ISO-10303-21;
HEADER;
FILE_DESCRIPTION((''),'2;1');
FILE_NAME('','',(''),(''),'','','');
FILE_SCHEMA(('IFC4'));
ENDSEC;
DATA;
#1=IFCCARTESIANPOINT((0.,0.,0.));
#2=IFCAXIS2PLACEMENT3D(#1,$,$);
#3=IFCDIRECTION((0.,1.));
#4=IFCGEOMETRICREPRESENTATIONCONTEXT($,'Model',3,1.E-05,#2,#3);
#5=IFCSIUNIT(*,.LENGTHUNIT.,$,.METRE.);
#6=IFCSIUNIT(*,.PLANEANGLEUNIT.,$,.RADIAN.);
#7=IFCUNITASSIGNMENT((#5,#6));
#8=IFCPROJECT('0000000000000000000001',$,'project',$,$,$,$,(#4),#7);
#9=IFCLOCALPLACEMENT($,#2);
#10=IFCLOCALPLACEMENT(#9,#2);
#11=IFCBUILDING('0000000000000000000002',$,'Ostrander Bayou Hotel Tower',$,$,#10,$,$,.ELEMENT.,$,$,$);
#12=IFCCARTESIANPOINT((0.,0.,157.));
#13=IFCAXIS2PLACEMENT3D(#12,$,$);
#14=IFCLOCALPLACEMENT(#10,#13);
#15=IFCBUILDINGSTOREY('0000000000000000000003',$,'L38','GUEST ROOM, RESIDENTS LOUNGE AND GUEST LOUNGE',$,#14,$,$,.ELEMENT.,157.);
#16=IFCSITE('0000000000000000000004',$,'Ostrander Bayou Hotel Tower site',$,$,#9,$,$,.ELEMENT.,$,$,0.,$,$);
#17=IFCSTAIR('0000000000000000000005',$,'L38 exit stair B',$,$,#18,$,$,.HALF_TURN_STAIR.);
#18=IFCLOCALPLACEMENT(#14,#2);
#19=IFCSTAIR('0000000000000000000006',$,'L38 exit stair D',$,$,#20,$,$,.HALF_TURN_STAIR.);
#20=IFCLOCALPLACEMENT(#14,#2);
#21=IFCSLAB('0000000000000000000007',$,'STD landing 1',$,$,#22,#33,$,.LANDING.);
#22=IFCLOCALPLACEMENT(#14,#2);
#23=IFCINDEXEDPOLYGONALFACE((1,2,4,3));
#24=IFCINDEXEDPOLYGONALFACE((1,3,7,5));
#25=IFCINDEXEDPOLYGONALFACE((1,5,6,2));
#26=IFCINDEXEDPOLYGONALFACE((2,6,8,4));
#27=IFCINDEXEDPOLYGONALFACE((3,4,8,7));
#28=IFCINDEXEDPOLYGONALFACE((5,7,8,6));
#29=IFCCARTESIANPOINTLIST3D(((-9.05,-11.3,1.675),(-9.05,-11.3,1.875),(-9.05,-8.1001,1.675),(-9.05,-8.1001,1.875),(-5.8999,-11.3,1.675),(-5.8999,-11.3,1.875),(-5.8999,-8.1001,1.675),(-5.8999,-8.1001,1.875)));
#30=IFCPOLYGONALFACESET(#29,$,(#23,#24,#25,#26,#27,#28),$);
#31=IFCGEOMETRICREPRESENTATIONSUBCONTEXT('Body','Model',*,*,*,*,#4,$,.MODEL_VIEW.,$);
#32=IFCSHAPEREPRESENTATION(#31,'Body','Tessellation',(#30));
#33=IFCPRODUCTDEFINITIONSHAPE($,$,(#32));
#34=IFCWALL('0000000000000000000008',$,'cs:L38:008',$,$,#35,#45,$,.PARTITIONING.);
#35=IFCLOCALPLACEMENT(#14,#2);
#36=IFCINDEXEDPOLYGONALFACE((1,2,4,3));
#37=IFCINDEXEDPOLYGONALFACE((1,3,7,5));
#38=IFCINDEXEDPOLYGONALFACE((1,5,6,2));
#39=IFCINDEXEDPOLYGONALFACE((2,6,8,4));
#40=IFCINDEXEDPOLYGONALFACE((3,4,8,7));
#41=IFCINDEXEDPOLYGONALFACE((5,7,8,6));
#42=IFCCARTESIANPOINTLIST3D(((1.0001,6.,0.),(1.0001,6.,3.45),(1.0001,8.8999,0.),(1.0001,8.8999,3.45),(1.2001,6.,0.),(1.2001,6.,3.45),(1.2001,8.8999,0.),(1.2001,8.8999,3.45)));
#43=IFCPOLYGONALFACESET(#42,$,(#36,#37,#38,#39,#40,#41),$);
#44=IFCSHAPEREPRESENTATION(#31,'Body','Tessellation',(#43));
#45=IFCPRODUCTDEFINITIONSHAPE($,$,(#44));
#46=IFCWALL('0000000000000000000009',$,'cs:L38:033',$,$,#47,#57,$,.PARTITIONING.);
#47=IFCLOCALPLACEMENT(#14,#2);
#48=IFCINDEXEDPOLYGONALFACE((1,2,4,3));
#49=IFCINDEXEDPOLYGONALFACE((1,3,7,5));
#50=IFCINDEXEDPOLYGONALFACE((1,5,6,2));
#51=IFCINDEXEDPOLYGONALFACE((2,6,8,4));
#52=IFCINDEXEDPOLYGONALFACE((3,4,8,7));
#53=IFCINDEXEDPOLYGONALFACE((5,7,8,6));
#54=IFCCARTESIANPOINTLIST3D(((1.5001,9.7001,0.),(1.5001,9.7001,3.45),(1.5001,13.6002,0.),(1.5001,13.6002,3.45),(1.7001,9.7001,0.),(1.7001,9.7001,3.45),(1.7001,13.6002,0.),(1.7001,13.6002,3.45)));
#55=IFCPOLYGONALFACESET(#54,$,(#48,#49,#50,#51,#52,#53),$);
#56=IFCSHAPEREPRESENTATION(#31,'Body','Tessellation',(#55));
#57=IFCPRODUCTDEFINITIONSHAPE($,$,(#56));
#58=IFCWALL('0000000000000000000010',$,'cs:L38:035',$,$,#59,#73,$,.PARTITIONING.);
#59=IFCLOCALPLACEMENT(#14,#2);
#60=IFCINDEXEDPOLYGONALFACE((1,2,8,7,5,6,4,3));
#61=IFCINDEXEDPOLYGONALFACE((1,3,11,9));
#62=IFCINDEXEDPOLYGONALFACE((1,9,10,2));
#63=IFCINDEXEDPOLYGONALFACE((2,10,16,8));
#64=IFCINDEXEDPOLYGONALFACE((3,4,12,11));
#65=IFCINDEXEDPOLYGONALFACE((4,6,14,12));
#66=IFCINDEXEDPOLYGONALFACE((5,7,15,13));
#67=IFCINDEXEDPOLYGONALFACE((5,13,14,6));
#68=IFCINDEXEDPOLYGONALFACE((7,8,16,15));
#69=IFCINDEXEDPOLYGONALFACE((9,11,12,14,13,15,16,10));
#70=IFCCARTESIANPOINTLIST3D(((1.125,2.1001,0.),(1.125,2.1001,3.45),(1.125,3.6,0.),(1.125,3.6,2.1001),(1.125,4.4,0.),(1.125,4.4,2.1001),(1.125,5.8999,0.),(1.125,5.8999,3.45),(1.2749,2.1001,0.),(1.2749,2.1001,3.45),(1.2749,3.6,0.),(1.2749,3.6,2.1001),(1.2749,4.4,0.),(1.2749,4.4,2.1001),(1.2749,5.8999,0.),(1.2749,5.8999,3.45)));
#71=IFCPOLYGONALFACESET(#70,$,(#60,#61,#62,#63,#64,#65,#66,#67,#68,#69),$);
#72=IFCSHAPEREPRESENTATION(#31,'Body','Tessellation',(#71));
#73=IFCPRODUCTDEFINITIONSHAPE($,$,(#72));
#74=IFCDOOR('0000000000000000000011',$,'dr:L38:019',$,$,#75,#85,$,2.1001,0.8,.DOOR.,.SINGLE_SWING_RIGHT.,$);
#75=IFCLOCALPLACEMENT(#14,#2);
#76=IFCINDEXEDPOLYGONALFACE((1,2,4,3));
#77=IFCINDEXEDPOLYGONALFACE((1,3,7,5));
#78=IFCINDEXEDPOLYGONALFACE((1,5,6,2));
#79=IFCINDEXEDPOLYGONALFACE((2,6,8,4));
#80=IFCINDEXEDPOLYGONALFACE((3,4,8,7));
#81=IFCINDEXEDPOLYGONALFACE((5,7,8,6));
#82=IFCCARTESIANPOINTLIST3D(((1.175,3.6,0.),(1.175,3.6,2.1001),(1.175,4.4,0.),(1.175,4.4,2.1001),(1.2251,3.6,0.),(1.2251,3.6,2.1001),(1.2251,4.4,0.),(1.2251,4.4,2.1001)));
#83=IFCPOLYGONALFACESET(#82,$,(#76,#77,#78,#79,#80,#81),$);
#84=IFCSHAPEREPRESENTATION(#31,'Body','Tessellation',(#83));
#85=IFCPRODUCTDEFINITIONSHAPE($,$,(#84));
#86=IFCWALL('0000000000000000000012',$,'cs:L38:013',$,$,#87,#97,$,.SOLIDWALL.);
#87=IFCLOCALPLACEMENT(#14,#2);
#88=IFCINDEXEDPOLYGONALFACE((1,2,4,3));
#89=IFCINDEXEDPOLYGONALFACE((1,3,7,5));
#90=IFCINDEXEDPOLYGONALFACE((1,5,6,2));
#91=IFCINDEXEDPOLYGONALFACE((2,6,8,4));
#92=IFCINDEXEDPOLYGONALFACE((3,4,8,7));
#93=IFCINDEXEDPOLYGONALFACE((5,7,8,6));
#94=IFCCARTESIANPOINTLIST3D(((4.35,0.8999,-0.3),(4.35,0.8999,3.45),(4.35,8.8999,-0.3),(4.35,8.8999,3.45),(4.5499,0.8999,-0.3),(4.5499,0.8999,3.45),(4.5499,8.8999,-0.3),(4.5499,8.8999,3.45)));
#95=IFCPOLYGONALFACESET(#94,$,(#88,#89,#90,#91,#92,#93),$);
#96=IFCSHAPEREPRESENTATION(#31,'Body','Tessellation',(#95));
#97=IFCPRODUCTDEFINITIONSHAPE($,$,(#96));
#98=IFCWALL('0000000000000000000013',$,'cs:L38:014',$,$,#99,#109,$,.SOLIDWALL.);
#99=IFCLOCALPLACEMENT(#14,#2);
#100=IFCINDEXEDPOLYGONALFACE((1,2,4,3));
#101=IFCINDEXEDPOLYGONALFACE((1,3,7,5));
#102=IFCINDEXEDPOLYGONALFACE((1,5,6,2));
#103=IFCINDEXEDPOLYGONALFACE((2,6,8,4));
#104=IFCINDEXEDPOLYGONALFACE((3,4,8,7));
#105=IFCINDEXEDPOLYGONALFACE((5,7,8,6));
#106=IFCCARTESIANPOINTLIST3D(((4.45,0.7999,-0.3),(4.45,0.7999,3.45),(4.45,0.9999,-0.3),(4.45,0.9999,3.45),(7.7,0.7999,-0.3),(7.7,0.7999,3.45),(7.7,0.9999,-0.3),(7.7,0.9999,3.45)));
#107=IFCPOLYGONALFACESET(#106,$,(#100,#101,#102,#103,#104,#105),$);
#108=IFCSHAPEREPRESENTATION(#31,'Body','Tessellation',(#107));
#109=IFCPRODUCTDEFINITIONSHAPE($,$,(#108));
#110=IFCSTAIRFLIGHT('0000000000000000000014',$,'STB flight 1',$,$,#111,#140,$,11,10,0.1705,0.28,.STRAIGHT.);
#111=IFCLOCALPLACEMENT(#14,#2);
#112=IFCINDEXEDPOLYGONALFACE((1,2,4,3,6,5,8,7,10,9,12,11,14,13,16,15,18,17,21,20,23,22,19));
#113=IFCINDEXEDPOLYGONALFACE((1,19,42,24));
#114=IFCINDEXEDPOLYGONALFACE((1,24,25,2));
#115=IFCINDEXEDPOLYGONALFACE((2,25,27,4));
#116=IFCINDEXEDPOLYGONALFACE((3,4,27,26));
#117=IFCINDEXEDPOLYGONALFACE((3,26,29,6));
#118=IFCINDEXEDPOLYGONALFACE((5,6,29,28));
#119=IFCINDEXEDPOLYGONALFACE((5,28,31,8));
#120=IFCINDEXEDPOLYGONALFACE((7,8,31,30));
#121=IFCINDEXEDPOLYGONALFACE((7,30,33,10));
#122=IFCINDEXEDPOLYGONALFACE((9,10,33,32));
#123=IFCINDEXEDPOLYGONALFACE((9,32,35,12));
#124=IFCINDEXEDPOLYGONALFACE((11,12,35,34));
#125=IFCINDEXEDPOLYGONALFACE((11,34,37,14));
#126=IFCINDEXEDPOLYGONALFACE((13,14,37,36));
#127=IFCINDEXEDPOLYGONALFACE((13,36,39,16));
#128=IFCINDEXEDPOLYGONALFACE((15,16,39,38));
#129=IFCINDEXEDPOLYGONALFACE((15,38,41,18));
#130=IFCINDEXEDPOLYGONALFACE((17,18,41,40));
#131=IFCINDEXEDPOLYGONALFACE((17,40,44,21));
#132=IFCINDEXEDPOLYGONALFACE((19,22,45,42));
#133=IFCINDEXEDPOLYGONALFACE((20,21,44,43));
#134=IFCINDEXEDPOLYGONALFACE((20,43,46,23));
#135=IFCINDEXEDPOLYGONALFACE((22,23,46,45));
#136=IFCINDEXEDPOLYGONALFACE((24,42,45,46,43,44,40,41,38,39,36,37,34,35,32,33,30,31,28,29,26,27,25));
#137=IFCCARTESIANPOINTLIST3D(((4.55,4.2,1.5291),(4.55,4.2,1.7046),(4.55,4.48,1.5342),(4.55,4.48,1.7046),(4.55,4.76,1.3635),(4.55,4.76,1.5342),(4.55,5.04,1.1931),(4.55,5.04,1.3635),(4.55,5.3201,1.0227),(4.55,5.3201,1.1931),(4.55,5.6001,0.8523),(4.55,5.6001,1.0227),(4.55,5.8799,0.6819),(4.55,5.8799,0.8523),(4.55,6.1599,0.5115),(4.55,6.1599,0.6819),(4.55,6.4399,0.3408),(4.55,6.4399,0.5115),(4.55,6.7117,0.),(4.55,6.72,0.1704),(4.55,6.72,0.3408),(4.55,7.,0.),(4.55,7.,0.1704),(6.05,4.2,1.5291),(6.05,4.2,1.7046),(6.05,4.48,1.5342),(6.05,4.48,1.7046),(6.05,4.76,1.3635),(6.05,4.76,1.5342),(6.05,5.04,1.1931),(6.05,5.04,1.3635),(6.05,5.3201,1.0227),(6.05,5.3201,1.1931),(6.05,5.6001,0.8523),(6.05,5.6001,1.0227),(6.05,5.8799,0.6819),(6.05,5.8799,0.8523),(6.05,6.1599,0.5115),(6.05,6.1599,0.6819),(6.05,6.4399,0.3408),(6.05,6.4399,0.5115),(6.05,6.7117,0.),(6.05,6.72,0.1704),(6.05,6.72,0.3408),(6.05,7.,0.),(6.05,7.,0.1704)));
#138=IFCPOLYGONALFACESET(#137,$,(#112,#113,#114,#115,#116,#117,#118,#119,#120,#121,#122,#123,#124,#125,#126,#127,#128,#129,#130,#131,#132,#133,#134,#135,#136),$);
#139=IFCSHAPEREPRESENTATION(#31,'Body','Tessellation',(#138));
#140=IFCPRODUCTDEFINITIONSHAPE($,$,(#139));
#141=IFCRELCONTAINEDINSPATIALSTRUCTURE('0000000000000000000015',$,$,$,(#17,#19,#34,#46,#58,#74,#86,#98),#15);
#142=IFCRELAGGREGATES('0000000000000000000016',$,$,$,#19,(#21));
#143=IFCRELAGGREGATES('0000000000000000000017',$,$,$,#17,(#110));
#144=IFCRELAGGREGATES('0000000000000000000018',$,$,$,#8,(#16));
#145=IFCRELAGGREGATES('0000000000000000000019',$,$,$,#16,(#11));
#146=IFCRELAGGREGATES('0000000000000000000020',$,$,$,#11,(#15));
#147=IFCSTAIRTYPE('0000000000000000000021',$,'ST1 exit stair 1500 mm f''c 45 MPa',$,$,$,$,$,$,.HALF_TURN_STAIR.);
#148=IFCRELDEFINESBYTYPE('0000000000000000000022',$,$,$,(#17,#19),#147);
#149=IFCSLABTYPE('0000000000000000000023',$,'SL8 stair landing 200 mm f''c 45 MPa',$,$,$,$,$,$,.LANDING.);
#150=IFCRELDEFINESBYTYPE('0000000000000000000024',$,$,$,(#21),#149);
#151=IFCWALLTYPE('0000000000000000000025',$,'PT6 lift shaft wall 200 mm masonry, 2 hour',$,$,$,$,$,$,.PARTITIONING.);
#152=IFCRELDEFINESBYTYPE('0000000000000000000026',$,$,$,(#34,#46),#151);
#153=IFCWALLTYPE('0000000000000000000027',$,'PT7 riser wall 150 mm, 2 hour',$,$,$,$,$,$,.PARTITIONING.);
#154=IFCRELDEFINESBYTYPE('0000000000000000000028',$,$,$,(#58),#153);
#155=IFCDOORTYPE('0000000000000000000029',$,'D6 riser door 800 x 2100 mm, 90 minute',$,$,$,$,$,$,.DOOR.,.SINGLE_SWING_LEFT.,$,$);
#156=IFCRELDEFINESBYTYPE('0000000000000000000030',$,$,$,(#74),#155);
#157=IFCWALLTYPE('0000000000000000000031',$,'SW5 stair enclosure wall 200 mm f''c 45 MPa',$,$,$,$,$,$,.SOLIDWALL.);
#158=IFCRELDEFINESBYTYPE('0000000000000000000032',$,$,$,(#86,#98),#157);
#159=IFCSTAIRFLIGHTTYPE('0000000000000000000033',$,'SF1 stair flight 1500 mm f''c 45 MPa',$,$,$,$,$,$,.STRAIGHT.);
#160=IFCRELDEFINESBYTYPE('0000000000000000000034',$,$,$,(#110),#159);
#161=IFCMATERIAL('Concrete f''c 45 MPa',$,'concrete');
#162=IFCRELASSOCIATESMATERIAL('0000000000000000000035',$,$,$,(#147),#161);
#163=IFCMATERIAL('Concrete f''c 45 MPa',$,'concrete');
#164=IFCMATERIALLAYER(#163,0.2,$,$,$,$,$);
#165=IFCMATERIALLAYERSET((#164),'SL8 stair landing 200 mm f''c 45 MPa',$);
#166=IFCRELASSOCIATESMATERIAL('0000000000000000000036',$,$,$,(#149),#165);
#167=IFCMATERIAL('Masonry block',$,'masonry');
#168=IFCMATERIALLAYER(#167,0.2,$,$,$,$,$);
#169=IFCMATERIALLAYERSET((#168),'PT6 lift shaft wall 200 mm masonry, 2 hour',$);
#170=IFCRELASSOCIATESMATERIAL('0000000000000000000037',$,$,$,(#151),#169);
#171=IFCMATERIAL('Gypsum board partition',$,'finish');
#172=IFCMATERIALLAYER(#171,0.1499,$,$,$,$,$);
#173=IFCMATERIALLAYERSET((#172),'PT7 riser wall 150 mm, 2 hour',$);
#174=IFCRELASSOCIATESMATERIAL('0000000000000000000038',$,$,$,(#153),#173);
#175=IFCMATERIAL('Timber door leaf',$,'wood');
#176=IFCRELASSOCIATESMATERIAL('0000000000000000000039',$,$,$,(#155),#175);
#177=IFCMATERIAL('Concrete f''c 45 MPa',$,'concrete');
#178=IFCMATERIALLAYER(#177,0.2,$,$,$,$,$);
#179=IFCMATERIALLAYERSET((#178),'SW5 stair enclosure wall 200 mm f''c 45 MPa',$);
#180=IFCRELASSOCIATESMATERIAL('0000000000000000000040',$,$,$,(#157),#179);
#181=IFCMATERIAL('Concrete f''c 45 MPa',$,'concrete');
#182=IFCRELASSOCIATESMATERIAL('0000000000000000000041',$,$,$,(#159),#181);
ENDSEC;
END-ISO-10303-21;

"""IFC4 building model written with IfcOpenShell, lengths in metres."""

from ifc_helpers import new_model, si_unit, direction, frame, frame_2d, origin, place, context, subcontext, project, spatial, polyline, rectangle, outline, extrude, material, layer, layer_set, type_object, element, fill, aggregate, save


model = new_model("IFC4")

# Units and contexts
model_context = context("Model", 3, precision=1e-05, world=origin(), true_north=direction((0.0, 1.0)))
body_context = subcontext(model_context, "Body", "Model", "MODEL_VIEW")
ifc_project = project(units=[si_unit("LENGTHUNIT", "METRE"), si_unit("PLANEANGLEUNIT", "RADIAN")], contexts=[model_context])

# Site, building, storey
site_placement = place(None, origin())
site = spatial("IfcSite", under=ifc_project, at=site_placement, Name="Ostrander Bayou Hotel Tower site", CompositionType="ELEMENT", RefElevation=0.0)
building_placement = place(site_placement, origin())
building = spatial("IfcBuilding", under=site, at=building_placement, Name="Ostrander Bayou Hotel Tower", CompositionType="ELEMENT")
storey_placement = place(building_placement, frame((0.0, 0.0, 157.0)))
storey = spatial("IfcBuildingStorey", under=building, at=storey_placement, Name="L38", Description="GUEST ROOM, RESIDENTS LOUNGE AND GUEST LOUNGE", CompositionType="ELEMENT", Elevation=157.0)

# Stairs, slab
ifc_material_1 = material(Name="Concrete f'c 45 MPa", Category="concrete")
stair_type = type_object("IfcStairType", Name="ST1 exit stair 1500 mm f'c 45 MPa", PredefinedType="HALF_TURN_STAIR", material=ifc_material_1)
ifc_material_2 = material(Name="Concrete f'c 45 MPa", Category="concrete")
ifc_layer_1 = layer(ifc_material_2, 0.2)
ifc_layer_set_1 = layer_set([ifc_layer_1], Name="SL8 stair landing 200 mm f'c 45 MPa")
slab_type_1 = type_object("IfcSlabType", Name="SL8 stair landing 200 mm f'c 45 MPa", PredefinedType="LANDING", material=ifc_layer_set_1)
stair_1_placement = place(storey_placement, origin())
stair_1 = element("IfcStair", 1, at=stair_1_placement, inside=storey, type_object=stair_type, Name="L38 exit stair B", PredefinedType="HALF_TURN_STAIR")
stair_2_placement = place(storey_placement, origin())
stair_2 = element("IfcStair", 2, at=stair_2_placement, inside=storey, type_object=stair_type, Name="L38 exit stair D", PredefinedType="HALF_TURN_STAIR")
slab_1_placement = place(storey_placement, frame((0.0, 0.0, 1.675)))
slab_1 = element("IfcSlab", 3, at=slab_1_placement, type_object=slab_type_1, Name="STD landing 1", PredefinedType="LANDING", context=body_context, shape_type="SweptSolid", body=[
    extrude(outline(polyline([(-9.05, -8.1001), (-9.05, -11.3), (-5.8999, -11.3), (-5.8999, -8.1001), (-9.05, -8.1001)])), origin(), (0.0, 0.0, 1.0), 0.2),
])
aggregate(stair_2, [slab_1])

# Shared definitions
ifc_material_3 = material(Name="Masonry block", Category="masonry")
ifc_layer_2 = layer(ifc_material_3, 0.2)
ifc_layer_set_2 = layer_set([ifc_layer_2], Name="PT6 lift shaft wall 200 mm masonry, 2 hour")
wall_type_1 = type_object("IfcWallType", Name="PT6 lift shaft wall 200 mm masonry, 2 hour", PredefinedType="PARTITIONING", material=ifc_layer_set_2)

# Walls
wall_1_placement = place(storey_placement, frame((1.1001, 6.0, 0.0), z_axis=(0.0, 0.0, 1.0), x_axis=(0.0, 1.0, 0.0)))
element("IfcWall", 4, at=wall_1_placement, inside=storey, type_object=wall_type_1, Name="cs:L38:008", PredefinedType="PARTITIONING", context=body_context, shape_type="SweptSolid", body=[
    extrude(rectangle(XDim=2.8999, YDim=0.2, at=frame_2d((1.45, 0.0))), origin(), (0.0, 0.0, 1.0), 3.45),
])
wall_2_placement = place(storey_placement, frame((1.6001, 9.7, 0.0), z_axis=(0.0, 0.0, 1.0), x_axis=(0.0, 1.0, 0.0)))
element("IfcWall", 5, at=wall_2_placement, inside=storey, type_object=wall_type_1, Name="cs:L38:033", PredefinedType="PARTITIONING", context=body_context, shape_type="SweptSolid", body=[
    extrude(rectangle(XDim=3.9001, YDim=0.2, at=frame_2d((1.9502, 0.0))), origin(), (0.0, 0.0, 1.0), 3.45),
])

# Wall, opening, door
ifc_material_4 = material(Name="Gypsum board partition", Category="finish")
ifc_layer_3 = layer(ifc_material_4, 0.1499)
ifc_layer_set_3 = layer_set([ifc_layer_3], Name="PT7 riser wall 150 mm, 2 hour")
wall_type_2 = type_object("IfcWallType", Name="PT7 riser wall 150 mm, 2 hour", PredefinedType="PARTITIONING", material=ifc_layer_set_3)
wall_3_placement = place(storey_placement, frame((1.2, 2.1001, 0.0), z_axis=(0.0, 0.0, 1.0), x_axis=(0.0, 1.0, 0.0)))
wall_3 = element("IfcWall", 6, at=wall_3_placement, inside=storey, type_object=wall_type_2, Name="cs:L38:035", PredefinedType="PARTITIONING", context=body_context, shape_type="SweptSolid", body=[
    extrude(rectangle(XDim=3.7998, YDim=0.1499, at=frame_2d((1.8999, 0.0))), origin(), (0.0, 0.0, 1.0), 3.45),
])
opening_1_placement = place(wall_3_placement, frame((1.5, 0.0, 0.0)))
opening_1 = element("IfcOpeningElement", 7, at=opening_1_placement, cuts=wall_3, PredefinedType="OPENING", context=body_context, shape_type="SweptSolid", body=[
    extrude(rectangle(XDim=0.8, YDim=2.1001, at=frame_2d((0.3999, 1.05))), frame((0.0, 0.075, 0.0), z_axis=(0.0, -1.0, 0.0), x_axis=(1.0, 0.0, 0.0)), (0.0, 0.0, 1.0), 0.1499),
])
ifc_material_5 = material(Name="Timber door leaf", Category="wood")
door_type_1 = type_object("IfcDoorType", Name="D6 riser door 800 x 2100 mm, 90 minute", OperationType="SINGLE_SWING_LEFT", PredefinedType="DOOR", material=ifc_material_5)
door_1_placement = place(opening_1_placement, origin())
door_1 = element("IfcDoor", 8, at=door_1_placement, inside=storey, type_object=door_type_1, Name="dr:L38:019", OperationType="SINGLE_SWING_RIGHT", OverallHeight=2.1001, OverallWidth=0.8, PredefinedType="DOOR", context=body_context, shape_type="SweptSolid", body=[
    extrude(rectangle(XDim=0.8, YDim=2.1001, at=frame_2d((0.3999, 1.05))), frame((0.0, 0.0249, 0.0), z_axis=(0.0, -1.0, 0.0), x_axis=(1.0, 0.0, 0.0)), (0.0, 0.0, 1.0), 0.05),
])
fill(opening_1, door_1)

# Walls
ifc_material_6 = material(Name="Concrete f'c 45 MPa", Category="concrete")
ifc_layer_4 = layer(ifc_material_6, 0.2)
ifc_layer_set_4 = layer_set([ifc_layer_4], Name="SW5 stair enclosure wall 200 mm f'c 45 MPa")
wall_type_3 = type_object("IfcWallType", Name="SW5 stair enclosure wall 200 mm f'c 45 MPa", PredefinedType="SOLIDWALL", material=ifc_layer_set_4)
wall_4_placement = place(storey_placement, frame((4.45, 0.8999, -0.3), z_axis=(0.0, 0.0, 1.0), x_axis=(0.0, 1.0, 0.0)))
element("IfcWall", 9, at=wall_4_placement, inside=storey, type_object=wall_type_3, Name="cs:L38:013", PredefinedType="SOLIDWALL", context=body_context, shape_type="SweptSolid", body=[
    extrude(rectangle(XDim=8.0, YDim=0.2, at=frame_2d((4.0, 0.0))), origin(), (0.0, 0.0, 1.0), 3.75),
])
wall_5_placement = place(storey_placement, frame((4.45, 0.8999, -0.3), z_axis=(0.0, 0.0, 1.0), x_axis=(1.0, 0.0, 0.0)))
element("IfcWall", 10, at=wall_5_placement, inside=storey, type_object=wall_type_3, Name="cs:L38:014", PredefinedType="SOLIDWALL", context=body_context, shape_type="SweptSolid", body=[
    extrude(rectangle(XDim=3.25, YDim=0.2, at=frame_2d((1.625, 0.0))), origin(), (0.0, 0.0, 1.0), 3.75),
])

# Stair flight
ifc_material_7 = material(Name="Concrete f'c 45 MPa", Category="concrete")
stair_flight_type = type_object("IfcStairFlightType", Name="SF1 stair flight 1500 mm f'c 45 MPa", PredefinedType="STRAIGHT", material=ifc_material_7)
stair_flight_placement = place(storey_placement, frame((5.3, 7.0, 0.0), z_axis=(0.0, 0.0, 1.0), x_axis=(0.0, -1.0, 0.0)))
stair_flight = element("IfcStairFlight", 11, at=stair_flight_placement, type_object=stair_flight_type, Name="STB flight 1", NumberOfRisers=11, NumberOfTreads=10, PredefinedType="STRAIGHT", RiserHeight=0.1705, TreadLength=0.28, context=body_context, shape_type="SweptSolid", body=[
    extrude(outline(polyline([(0.0, 0.0), (0.0, 0.1704), (0.28, 0.1704), (0.28, 0.3408), (0.5601, 0.3408), (0.5601, 0.5115), (0.8401, 0.5115), (0.8401, 0.6819), (1.1201, 0.6819), (1.1201, 0.8523), (1.3999, 0.8523), (1.3999, 1.0227), (1.6799, 1.0227), (1.6799, 1.1931), (1.96, 1.1931), (1.96, 1.3635), (2.24, 1.3635), (2.24, 1.5342), (2.52, 1.5342), (2.52, 1.7046), (2.8, 1.7046), (2.8, 1.875), (2.8, 1.5291), (0.2883, 0.0), (0.0, 0.0)])), frame((0.0, 0.75, 0.0), z_axis=(0.0, -1.0, 0.0), x_axis=(1.0, 0.0, 0.0)), (0.0, 0.0, 1.0), 1.5),
])
aggregate(stair_1, [stair_flight])

save(model, "model.ifc")
